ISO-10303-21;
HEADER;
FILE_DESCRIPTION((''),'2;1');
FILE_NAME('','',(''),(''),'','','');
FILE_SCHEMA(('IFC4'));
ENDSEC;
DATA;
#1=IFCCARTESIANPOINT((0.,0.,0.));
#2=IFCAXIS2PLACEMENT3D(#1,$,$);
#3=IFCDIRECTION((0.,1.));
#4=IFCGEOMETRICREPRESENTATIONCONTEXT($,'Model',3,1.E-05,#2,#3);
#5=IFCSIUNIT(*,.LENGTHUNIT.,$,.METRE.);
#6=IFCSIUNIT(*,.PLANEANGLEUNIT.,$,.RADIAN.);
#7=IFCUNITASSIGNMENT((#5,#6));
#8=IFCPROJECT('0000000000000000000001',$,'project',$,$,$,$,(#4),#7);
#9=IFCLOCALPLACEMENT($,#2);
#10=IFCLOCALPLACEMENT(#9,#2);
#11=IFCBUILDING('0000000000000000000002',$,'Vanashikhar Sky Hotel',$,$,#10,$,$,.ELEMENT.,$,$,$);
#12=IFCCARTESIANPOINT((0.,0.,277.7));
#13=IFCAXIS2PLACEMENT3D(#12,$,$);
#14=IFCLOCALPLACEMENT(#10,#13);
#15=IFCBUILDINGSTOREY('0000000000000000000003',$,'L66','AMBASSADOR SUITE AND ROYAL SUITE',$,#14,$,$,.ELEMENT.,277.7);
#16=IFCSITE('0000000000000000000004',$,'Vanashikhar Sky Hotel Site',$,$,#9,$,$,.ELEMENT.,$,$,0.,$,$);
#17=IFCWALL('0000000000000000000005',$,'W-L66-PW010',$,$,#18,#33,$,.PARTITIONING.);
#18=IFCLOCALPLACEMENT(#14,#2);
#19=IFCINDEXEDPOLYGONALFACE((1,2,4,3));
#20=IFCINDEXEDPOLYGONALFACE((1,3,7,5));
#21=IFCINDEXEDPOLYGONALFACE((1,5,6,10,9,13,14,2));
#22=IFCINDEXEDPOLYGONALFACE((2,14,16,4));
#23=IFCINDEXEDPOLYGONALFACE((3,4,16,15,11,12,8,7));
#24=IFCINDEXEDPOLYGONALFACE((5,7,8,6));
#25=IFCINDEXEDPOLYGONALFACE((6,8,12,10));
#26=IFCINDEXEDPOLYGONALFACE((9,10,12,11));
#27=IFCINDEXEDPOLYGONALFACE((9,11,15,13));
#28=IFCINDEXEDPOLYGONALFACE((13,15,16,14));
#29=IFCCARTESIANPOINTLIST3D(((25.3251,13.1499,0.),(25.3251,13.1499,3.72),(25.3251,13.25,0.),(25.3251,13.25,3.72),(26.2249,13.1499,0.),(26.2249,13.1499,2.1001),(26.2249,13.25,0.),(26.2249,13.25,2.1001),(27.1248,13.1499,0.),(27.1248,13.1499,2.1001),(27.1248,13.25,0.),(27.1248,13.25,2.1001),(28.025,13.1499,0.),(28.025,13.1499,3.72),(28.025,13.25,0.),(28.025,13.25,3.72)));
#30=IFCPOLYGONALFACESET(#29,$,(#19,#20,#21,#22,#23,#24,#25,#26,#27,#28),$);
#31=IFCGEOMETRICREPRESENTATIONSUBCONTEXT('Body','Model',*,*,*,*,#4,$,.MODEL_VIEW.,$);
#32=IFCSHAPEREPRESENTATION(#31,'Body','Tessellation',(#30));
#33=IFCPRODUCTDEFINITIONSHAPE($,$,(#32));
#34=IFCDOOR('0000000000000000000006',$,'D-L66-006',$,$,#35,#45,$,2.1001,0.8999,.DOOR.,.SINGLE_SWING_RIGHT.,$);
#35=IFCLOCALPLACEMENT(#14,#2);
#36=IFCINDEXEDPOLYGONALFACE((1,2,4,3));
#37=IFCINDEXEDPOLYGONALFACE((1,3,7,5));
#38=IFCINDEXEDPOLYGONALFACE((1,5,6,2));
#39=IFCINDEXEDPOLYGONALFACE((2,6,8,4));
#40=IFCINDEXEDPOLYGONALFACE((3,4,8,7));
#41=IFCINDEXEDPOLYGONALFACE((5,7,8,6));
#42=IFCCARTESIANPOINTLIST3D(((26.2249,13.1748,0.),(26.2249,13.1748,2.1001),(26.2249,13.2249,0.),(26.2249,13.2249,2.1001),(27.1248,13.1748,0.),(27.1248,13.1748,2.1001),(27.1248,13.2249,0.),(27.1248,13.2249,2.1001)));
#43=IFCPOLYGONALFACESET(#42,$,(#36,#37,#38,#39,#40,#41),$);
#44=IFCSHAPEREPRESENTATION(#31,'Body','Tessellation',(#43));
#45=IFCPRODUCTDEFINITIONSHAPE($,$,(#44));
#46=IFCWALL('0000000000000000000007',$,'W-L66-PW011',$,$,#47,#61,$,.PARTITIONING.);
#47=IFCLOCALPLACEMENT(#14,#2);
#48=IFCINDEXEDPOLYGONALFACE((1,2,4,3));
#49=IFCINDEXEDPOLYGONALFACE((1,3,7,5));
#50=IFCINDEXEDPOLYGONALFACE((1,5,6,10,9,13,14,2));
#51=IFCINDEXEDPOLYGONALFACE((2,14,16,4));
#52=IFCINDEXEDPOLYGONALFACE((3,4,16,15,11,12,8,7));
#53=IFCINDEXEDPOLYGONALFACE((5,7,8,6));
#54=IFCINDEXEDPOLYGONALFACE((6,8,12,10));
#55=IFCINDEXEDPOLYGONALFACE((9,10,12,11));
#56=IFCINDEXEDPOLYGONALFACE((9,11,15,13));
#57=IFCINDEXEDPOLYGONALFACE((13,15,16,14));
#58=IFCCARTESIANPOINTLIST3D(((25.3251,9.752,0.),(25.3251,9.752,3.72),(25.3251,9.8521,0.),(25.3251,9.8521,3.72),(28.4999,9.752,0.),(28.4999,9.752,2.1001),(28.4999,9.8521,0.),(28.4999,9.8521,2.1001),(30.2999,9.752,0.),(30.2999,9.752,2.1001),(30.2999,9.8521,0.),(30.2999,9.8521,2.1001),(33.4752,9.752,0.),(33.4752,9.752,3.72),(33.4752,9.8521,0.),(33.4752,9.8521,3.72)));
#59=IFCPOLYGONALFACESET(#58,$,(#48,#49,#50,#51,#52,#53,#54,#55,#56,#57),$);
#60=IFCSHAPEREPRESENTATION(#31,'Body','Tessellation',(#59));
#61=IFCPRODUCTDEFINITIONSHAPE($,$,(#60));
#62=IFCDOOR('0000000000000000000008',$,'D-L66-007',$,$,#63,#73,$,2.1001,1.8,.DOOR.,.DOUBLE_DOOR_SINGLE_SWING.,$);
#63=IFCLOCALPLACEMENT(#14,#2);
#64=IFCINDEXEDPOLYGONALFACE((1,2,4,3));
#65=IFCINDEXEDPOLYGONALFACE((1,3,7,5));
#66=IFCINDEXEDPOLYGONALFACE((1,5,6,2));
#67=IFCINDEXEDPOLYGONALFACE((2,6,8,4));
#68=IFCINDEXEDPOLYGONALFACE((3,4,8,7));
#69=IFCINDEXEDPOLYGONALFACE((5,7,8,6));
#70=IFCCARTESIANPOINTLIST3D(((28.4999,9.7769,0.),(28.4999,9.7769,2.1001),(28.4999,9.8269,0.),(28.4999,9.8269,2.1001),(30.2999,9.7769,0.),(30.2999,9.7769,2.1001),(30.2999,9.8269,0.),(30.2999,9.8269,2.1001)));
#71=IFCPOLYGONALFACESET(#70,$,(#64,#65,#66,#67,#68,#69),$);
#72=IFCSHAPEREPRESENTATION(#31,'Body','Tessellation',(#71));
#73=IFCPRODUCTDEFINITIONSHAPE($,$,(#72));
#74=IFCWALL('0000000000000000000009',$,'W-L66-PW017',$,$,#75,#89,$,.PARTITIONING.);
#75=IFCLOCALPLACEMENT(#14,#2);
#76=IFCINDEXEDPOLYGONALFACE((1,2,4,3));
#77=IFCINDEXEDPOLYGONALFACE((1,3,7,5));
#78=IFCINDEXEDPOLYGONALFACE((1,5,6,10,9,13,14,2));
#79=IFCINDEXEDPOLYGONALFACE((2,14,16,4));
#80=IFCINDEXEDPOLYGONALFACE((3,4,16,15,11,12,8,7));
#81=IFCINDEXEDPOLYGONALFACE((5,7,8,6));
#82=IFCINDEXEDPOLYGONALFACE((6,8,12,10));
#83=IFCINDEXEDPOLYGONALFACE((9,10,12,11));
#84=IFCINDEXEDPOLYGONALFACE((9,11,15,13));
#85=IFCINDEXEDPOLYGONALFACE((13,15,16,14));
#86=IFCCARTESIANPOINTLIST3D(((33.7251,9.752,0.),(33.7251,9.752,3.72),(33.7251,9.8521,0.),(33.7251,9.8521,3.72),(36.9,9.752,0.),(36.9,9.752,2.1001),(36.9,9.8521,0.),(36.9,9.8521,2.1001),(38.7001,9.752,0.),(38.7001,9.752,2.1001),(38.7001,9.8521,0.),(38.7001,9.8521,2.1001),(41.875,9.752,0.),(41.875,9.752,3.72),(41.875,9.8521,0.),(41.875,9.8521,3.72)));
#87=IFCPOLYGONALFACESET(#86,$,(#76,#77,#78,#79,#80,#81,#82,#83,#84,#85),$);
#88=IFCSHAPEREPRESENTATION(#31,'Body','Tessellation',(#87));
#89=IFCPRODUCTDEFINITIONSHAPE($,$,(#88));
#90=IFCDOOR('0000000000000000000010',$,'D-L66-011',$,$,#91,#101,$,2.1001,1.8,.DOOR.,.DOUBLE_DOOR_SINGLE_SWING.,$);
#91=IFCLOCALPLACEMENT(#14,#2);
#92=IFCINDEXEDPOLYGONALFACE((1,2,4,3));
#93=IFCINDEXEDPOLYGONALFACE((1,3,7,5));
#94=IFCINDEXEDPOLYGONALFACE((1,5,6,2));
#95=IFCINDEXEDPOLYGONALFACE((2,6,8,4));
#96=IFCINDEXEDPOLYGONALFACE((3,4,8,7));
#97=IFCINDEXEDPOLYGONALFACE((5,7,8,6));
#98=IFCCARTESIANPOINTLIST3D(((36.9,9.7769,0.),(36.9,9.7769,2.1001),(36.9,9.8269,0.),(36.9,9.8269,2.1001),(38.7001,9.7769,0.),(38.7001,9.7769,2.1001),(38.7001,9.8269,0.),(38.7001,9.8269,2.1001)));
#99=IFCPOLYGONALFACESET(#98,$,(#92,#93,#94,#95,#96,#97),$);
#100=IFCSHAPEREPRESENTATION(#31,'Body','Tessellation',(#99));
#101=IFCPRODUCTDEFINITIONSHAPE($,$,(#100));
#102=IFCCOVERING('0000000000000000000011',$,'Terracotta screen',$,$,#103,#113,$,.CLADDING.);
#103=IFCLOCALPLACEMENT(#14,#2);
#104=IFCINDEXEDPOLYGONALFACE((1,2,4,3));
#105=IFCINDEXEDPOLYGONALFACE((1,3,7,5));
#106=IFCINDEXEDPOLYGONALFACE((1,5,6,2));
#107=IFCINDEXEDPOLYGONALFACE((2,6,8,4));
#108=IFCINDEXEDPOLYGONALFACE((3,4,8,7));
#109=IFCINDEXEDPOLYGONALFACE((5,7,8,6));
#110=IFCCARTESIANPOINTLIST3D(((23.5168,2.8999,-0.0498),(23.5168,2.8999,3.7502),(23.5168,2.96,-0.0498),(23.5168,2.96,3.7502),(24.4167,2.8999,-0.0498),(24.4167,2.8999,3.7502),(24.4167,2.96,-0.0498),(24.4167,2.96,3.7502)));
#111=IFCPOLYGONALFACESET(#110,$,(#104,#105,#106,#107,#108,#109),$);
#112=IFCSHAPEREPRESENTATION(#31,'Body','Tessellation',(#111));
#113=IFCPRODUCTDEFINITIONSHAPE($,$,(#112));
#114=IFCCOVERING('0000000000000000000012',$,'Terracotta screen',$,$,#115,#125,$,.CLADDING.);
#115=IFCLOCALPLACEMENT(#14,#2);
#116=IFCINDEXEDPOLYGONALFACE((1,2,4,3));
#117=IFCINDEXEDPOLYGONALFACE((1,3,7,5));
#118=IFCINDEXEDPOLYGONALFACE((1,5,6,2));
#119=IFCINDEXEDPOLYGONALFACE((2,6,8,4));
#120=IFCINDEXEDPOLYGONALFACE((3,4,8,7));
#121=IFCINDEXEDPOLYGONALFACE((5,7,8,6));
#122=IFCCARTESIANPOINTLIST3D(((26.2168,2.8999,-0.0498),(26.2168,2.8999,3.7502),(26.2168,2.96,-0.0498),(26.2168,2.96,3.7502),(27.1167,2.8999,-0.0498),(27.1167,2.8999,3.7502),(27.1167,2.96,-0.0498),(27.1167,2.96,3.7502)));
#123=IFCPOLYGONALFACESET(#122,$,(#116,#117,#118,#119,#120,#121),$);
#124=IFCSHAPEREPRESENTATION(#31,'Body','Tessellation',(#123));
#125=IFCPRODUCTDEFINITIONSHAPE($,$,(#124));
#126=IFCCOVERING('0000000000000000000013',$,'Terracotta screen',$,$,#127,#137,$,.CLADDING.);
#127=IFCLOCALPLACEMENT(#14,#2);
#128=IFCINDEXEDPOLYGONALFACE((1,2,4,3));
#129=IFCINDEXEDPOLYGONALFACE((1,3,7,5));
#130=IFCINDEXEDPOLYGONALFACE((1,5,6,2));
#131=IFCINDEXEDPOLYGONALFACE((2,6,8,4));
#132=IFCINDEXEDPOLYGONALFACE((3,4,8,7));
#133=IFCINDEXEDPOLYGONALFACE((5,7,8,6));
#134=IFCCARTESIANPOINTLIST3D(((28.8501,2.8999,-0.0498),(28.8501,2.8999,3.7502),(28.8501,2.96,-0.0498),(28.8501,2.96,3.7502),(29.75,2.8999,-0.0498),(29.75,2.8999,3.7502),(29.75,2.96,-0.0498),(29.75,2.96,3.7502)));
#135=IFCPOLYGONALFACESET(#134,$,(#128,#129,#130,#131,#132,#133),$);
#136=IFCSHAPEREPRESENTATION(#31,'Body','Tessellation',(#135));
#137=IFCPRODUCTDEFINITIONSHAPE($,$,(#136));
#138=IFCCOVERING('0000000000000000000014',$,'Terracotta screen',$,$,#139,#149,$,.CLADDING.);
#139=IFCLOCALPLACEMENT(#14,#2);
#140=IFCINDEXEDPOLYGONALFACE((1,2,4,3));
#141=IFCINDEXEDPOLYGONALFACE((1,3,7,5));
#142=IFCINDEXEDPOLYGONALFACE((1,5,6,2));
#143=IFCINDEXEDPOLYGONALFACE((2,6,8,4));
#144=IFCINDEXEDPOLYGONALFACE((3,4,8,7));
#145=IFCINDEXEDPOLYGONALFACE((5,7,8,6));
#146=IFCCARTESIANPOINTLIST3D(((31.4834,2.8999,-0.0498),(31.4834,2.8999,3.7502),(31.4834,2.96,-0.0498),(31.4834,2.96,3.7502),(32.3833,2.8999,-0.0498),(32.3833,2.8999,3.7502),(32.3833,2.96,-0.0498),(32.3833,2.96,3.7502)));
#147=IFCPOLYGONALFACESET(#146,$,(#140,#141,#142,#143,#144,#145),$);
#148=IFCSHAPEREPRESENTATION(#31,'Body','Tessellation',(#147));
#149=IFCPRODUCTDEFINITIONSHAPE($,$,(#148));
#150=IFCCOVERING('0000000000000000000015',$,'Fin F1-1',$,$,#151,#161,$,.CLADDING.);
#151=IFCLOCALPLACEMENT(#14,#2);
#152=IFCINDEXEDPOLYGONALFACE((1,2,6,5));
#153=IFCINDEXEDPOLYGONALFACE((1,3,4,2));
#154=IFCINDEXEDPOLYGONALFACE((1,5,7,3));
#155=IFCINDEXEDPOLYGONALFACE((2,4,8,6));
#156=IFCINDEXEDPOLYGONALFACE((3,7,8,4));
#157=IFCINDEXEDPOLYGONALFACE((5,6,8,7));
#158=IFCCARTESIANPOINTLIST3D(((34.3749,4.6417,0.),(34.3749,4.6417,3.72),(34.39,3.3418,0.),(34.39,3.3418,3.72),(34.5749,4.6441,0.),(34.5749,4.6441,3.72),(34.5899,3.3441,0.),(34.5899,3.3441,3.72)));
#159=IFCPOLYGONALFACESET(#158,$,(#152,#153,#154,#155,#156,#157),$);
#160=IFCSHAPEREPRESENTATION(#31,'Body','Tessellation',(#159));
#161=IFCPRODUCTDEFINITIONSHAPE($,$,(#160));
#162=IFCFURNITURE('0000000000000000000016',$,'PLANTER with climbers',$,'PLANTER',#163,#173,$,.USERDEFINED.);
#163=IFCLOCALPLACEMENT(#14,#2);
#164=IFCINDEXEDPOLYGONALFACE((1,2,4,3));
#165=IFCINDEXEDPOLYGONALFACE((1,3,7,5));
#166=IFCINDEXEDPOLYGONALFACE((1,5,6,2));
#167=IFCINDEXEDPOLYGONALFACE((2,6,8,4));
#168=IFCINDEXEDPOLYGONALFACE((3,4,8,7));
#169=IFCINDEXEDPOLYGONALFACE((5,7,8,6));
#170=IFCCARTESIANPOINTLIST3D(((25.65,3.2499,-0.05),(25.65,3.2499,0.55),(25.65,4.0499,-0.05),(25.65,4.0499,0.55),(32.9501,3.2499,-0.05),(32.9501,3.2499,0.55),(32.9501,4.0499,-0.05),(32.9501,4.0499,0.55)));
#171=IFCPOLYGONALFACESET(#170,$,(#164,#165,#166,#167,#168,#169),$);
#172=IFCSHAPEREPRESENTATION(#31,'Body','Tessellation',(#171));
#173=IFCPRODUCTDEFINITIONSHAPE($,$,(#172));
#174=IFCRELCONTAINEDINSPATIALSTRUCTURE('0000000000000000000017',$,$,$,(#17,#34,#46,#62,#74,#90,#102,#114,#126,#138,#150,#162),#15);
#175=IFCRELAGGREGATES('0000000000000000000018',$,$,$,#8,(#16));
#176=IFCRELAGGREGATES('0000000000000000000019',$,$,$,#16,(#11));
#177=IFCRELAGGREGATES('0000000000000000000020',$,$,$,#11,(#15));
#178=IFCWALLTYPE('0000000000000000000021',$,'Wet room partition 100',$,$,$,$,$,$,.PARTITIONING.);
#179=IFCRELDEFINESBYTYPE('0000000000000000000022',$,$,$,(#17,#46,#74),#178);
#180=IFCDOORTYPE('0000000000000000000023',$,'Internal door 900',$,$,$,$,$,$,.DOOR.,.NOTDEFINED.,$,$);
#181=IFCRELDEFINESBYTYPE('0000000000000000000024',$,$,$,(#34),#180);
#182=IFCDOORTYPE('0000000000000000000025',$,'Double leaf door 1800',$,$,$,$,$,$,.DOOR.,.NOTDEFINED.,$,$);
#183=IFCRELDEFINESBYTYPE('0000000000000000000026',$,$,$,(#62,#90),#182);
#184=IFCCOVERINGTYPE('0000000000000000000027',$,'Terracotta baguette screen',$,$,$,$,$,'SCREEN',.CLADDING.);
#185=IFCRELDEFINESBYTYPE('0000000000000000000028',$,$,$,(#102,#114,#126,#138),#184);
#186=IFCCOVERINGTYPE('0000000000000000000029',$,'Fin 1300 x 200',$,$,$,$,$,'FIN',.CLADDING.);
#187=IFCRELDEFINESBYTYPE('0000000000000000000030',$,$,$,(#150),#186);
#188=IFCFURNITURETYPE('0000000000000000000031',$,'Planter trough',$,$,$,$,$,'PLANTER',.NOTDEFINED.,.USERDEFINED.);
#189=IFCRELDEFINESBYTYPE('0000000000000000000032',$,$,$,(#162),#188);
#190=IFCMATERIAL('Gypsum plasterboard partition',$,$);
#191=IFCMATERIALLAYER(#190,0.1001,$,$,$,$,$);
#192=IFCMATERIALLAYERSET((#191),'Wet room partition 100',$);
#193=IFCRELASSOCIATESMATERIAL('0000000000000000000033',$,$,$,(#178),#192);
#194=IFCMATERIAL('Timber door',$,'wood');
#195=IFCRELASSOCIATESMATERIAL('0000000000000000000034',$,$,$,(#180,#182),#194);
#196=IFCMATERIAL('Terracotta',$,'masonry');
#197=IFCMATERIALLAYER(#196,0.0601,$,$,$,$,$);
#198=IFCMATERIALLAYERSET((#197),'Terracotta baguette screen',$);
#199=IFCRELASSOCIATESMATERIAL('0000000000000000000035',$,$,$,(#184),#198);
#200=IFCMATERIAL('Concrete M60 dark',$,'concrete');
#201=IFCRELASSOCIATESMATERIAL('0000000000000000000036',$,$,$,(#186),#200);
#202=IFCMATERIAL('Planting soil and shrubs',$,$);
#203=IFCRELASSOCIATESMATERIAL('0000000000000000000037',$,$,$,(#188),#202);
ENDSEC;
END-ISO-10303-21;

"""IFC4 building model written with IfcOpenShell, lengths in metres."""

from ifc_helpers import new_model, si_unit, direction, frame, frame_2d, origin, origin_2d, place, context, subcontext, project, spatial, rectangle, extrude, source, transform, mapped, material, layer, layer_set, material_profile, profile_set, type_object, element, fill, save


model = new_model("IFC4")

# Units and contexts
model_context = context("Model", 3, precision=1e-05, world=origin(), true_north=direction((0.0, 1.0)))
body_context = subcontext(model_context, "Body", "Model", "MODEL_VIEW")
ifc_project = project(units=[si_unit("LENGTHUNIT", "METRE"), si_unit("PLANEANGLEUNIT", "RADIAN")], contexts=[model_context])

# Site, building, storey
site_placement = place(None, origin())
site = spatial("IfcSite", under=ifc_project, at=site_placement, Name="Vanashikhar Sky Hotel Site", CompositionType="ELEMENT", RefElevation=0.0)
building_placement = place(site_placement, origin())
building = spatial("IfcBuilding", under=site, at=building_placement, Name="Vanashikhar Sky Hotel", CompositionType="ELEMENT")
storey_placement = place(building_placement, frame((0.0, 0.0, 277.7)))
storey = spatial("IfcBuildingStorey", under=building, at=storey_placement, Name="L66", Description="AMBASSADOR SUITE AND ROYAL SUITE", CompositionType="ELEMENT", Elevation=277.7)

# Shared definitions
ifc_material_1 = material(Name="Gypsum plasterboard partition")
ifc_layer_1 = layer(ifc_material_1, 0.1001)
ifc_layer_set_1 = layer_set([ifc_layer_1], Name="Wet room partition 100")
wall_type_1 = type_object("IfcWallType", Name="Wet room partition 100", PredefinedType="PARTITIONING", material=ifc_layer_set_1)

# Walls, openings, doors
shared_shape_1 = source(origin(), body_context, "Body", "SweptSolid", [
    extrude(rectangle(XDim=0.8999, YDim=2.1001, at=frame_2d((0.45, 1.05))), frame((0.0, 0.0601, 0.0), z_axis=(0.0, -1.0, 0.0), x_axis=(1.0, 0.0, 0.0)), (0.0, 0.0, 1.0), 0.1201),
])
ifc_material_2 = material(Name="Timber door", Category="wood")
door_type_1 = type_object("IfcDoorType", Name="Internal door 900", OperationType="NOTDEFINED", PredefinedType="DOOR", material=ifc_material_2)
shared_shape_2 = source(origin(), body_context, "Body", "SweptSolid", [
    extrude(rectangle(XDim=0.8999, YDim=2.1001, at=frame_2d((0.45, 1.05))), frame((0.0, 0.0249, 0.0), z_axis=(0.0, -1.0, 0.0), x_axis=(1.0, 0.0, 0.0)), (0.0, 0.0, 1.0), 0.05),
])
shared_shape_3 = source(origin(), body_context, "Body", "SweptSolid", [
    extrude(rectangle(XDim=2.7, YDim=0.1001, at=frame_2d((1.3501, 0.0))), origin(), (0.0, 0.0, 1.0), 3.72),
])
wall_1_placement = place(storey_placement, frame((25.325, 13.2, 0.0), z_axis=(0.0, 0.0, 1.0), x_axis=(1.0, 0.0, 0.0)))
wall_1 = element("IfcWall", 1, at=wall_1_placement, inside=storey, type_object=wall_type_1, Name="W-L66-PW010", PredefinedType="PARTITIONING", context=body_context, shape_type="MappedRepresentation", body=[
    mapped(shared_shape_3, transform((0.0, 0.0, 0.0), scale=1.0)),
])
opening_1_placement = place(wall_1_placement, frame((0.8999, 0.0, 0.0)))
opening_1 = element("IfcOpeningElement", 2, at=opening_1_placement, cuts=wall_1, PredefinedType="OPENING", context=body_context, shape_type="MappedRepresentation", body=[
    mapped(shared_shape_1, transform((0.0, 0.0, 0.0), scale=1.0)),
])
door_1_placement = place(opening_1_placement, origin())
door_1 = element("IfcDoor", 3, at=door_1_placement, inside=storey, type_object=door_type_1, Name="D-L66-006", OperationType="SINGLE_SWING_RIGHT", OverallHeight=2.1001, OverallWidth=0.8999, PredefinedType="DOOR", context=body_context, shape_type="MappedRepresentation", body=[
    mapped(shared_shape_2, transform((0.0, 0.0, 0.0), scale=1.0)),
])
fill(opening_1, door_1)
shared_shape_4 = source(origin(), body_context, "Body", "SweptSolid", [
    extrude(rectangle(XDim=8.1501, YDim=0.1001, at=frame_2d((4.0752, 0.0))), origin(), (0.0, 0.0, 1.0), 3.72),
])
wall_2_placement = place(storey_placement, frame((25.325, 9.802, 0.0), z_axis=(0.0, 0.0, 1.0), x_axis=(1.0, 0.0, 0.0)))
wall_2 = element("IfcWall", 4, at=wall_2_placement, inside=storey, type_object=wall_type_1, Name="W-L66-PW011", PredefinedType="PARTITIONING", context=body_context, shape_type="MappedRepresentation", body=[
    mapped(shared_shape_4, transform((0.0, 0.0, 0.0), scale=1.0)),
])
shared_shape_5 = source(origin(), body_context, "Body", "SweptSolid", [
    extrude(rectangle(XDim=1.8, YDim=2.1001, at=frame_2d((0.8999, 1.05))), frame((0.0, 0.0601, 0.0), z_axis=(0.0, -1.0, 0.0), x_axis=(1.0, 0.0, 0.0)), (0.0, 0.0, 1.0), 0.1201),
])
opening_2_placement = place(wall_2_placement, frame((3.175, 0.0, 0.0)))
opening_2 = element("IfcOpeningElement", 5, at=opening_2_placement, cuts=wall_2, PredefinedType="OPENING", context=body_context, shape_type="MappedRepresentation", body=[
    mapped(shared_shape_5, transform((0.0, 0.0, 0.0), scale=1.0)),
])
door_type_2 = type_object("IfcDoorType", Name="Double leaf door 1800", OperationType="NOTDEFINED", PredefinedType="DOOR", material=ifc_material_2)
shared_shape_6 = source(origin(), body_context, "Body", "SweptSolid", [
    extrude(rectangle(XDim=1.8, YDim=2.1001, at=frame_2d((0.8999, 1.05))), frame((0.0, 0.0249, 0.0), z_axis=(0.0, -1.0, 0.0), x_axis=(1.0, 0.0, 0.0)), (0.0, 0.0, 1.0), 0.05),
])
door_2_placement = place(opening_2_placement, origin())
door_2 = element("IfcDoor", 6, at=door_2_placement, inside=storey, type_object=door_type_2, Name="D-L66-007", OperationType="DOUBLE_DOOR_SINGLE_SWING", OverallHeight=2.1001, OverallWidth=1.8, PredefinedType="DOOR", context=body_context, shape_type="MappedRepresentation", body=[
    mapped(shared_shape_6, transform((0.0, 0.0, 0.0), scale=1.0)),
])
fill(opening_2, door_2)
shared_shape_7 = source(origin(), body_context, "Body", "SweptSolid", [
    extrude(rectangle(XDim=8.1499, YDim=0.1001, at=frame_2d((4.075, 0.0))), origin(), (0.0, 0.0, 1.0), 3.72),
])
wall_3_placement = place(storey_placement, frame((33.7251, 9.802, 0.0), z_axis=(0.0, 0.0, 1.0), x_axis=(1.0, 0.0, 0.0)))
wall_3 = element("IfcWall", 7, at=wall_3_placement, inside=storey, type_object=wall_type_1, Name="W-L66-PW017", PredefinedType="PARTITIONING", context=body_context, shape_type="MappedRepresentation", body=[
    mapped(shared_shape_7, transform((0.0, 0.0, 0.0), scale=1.0)),
])
opening_3_placement = place(wall_3_placement, frame((3.175, 0.0, 0.0)))
opening_3 = element("IfcOpeningElement", 8, at=opening_3_placement, cuts=wall_3, PredefinedType="OPENING", context=body_context, shape_type="MappedRepresentation", body=[
    mapped(shared_shape_5, transform((0.0, 0.0, 0.0), scale=1.0)),
])
door_3_placement = place(opening_3_placement, origin())
door_3 = element("IfcDoor", 9, at=door_3_placement, inside=storey, type_object=door_type_2, Name="D-L66-011", OperationType="DOUBLE_DOOR_SINGLE_SWING", OverallHeight=2.1001, OverallWidth=1.8, PredefinedType="DOOR", context=body_context, shape_type="MappedRepresentation", body=[
    mapped(shared_shape_6, transform((0.0, 0.0, 0.0), scale=1.0)),
])
fill(opening_3, door_3)

# Coverings
ifc_material_3 = material(Name="Terracotta", Category="masonry")
ifc_layer_2 = layer(ifc_material_3, 0.0601)
ifc_layer_set_2 = layer_set([ifc_layer_2], Name="Terracotta baguette screen")
covering_type_1 = type_object("IfcCoveringType", Name="Terracotta baguette screen", ElementType="SCREEN", PredefinedType="CLADDING", material=ifc_layer_set_2)
shared_shape_8 = source(origin(), body_context, "Body", "SweptSolid", [
    extrude(rectangle(XDim=0.8999, YDim=0.0601, at=origin_2d()), origin(), (0.0, 0.0, 1.0), 3.8),
])
for number, where, z_axis, x_axis, name in (
    (10, (23.9668, 2.9299, -0.0498), (0.0, 0.0, 1.0), (1.0, 0.0, 0.0), "Terracotta screen"),
    (11, (26.6667, 2.9299, -0.0498), (0.0, 0.0, 1.0), (1.0, 0.0, 0.0), "Terracotta screen"),
    (12, (29.3, 2.9299, -0.0498), (0.0, 0.0, 1.0), (1.0, 0.0, 0.0), "Terracotta screen"),
    (13, (31.9333, 2.9299, -0.0498), (0.0, 0.0, 1.0), (1.0, 0.0, 0.0), "Terracotta screen"),
):
    element("IfcCovering", number, at=place(storey_placement, frame(where, z_axis=z_axis, x_axis=x_axis)), inside=storey, type_object=covering_type_1, Name=name, PredefinedType="CLADDING", context=body_context, shape_type="MappedRepresentation", body=[
        mapped(shared_shape_8, transform((0.0, 0.0, 0.0), scale=1.0)),
    ])
ifc_material_4 = material(Name="Concrete M60 dark", Category="concrete")
ifc_material_profile_1 = material_profile(ifc_material_4, rectangle(XDim=1.3, YDim=0.2, at=origin_2d()))
ifc_profile_set_1 = profile_set([ifc_material_profile_1], Name="Fin 1300 x 200")
covering_type_2 = type_object("IfcCoveringType", Name="Fin 1300 x 200", ElementType="FIN", PredefinedType="CLADDING", material=ifc_profile_set_1)
shared_shape_9 = source(origin(), body_context, "Body", "SweptSolid", [
    extrude(rectangle(XDim=1.3, YDim=0.2, at=origin_2d()), origin(), (0.0, 0.0, 1.0), 3.72),
])
covering_placement = place(storey_placement, frame((34.4824, 3.9929, 0.0), z_axis=(0.0, 0.0, 1.0), x_axis=(0.011589, -0.999933, 0.0)))
element("IfcCovering", 14, at=covering_placement, inside=storey, type_object=covering_type_2, Name="Fin F1-1", PredefinedType="CLADDING", context=body_context, shape_type="MappedRepresentation", body=[
    mapped(shared_shape_9, transform((0.0, 0.0, 0.0), scale=1.0)),
])

# Furniture
ifc_material_5 = material(Name="Planting soil and shrubs")
furniture_type = type_object("IfcFurnitureType", Name="Planter trough", ElementType="PLANTER", AssemblyPlace="NOTDEFINED", PredefinedType="USERDEFINED", material=ifc_material_5)
shared_shape_10 = source(origin(), body_context, "Body", "SweptSolid", [
    extrude(rectangle(XDim=7.3, YDim=0.8, at=origin_2d()), origin(), (0.0, 0.0, 1.0), 0.6001),
])
furniture_placement = place(storey_placement, frame((29.3, 3.6499, -0.05), z_axis=(0.0, 0.0, 1.0), x_axis=(1.0, 0.0, 0.0)))
element("IfcFurniture", 15, at=furniture_placement, inside=storey, type_object=furniture_type, Name="PLANTER with climbers", ObjectType="PLANTER", PredefinedType="USERDEFINED", context=body_context, shape_type="MappedRepresentation", body=[
    mapped(shared_shape_10, transform((0.0, 0.0, 0.0), scale=1.0)),
])

save(model, "model.ifc")
